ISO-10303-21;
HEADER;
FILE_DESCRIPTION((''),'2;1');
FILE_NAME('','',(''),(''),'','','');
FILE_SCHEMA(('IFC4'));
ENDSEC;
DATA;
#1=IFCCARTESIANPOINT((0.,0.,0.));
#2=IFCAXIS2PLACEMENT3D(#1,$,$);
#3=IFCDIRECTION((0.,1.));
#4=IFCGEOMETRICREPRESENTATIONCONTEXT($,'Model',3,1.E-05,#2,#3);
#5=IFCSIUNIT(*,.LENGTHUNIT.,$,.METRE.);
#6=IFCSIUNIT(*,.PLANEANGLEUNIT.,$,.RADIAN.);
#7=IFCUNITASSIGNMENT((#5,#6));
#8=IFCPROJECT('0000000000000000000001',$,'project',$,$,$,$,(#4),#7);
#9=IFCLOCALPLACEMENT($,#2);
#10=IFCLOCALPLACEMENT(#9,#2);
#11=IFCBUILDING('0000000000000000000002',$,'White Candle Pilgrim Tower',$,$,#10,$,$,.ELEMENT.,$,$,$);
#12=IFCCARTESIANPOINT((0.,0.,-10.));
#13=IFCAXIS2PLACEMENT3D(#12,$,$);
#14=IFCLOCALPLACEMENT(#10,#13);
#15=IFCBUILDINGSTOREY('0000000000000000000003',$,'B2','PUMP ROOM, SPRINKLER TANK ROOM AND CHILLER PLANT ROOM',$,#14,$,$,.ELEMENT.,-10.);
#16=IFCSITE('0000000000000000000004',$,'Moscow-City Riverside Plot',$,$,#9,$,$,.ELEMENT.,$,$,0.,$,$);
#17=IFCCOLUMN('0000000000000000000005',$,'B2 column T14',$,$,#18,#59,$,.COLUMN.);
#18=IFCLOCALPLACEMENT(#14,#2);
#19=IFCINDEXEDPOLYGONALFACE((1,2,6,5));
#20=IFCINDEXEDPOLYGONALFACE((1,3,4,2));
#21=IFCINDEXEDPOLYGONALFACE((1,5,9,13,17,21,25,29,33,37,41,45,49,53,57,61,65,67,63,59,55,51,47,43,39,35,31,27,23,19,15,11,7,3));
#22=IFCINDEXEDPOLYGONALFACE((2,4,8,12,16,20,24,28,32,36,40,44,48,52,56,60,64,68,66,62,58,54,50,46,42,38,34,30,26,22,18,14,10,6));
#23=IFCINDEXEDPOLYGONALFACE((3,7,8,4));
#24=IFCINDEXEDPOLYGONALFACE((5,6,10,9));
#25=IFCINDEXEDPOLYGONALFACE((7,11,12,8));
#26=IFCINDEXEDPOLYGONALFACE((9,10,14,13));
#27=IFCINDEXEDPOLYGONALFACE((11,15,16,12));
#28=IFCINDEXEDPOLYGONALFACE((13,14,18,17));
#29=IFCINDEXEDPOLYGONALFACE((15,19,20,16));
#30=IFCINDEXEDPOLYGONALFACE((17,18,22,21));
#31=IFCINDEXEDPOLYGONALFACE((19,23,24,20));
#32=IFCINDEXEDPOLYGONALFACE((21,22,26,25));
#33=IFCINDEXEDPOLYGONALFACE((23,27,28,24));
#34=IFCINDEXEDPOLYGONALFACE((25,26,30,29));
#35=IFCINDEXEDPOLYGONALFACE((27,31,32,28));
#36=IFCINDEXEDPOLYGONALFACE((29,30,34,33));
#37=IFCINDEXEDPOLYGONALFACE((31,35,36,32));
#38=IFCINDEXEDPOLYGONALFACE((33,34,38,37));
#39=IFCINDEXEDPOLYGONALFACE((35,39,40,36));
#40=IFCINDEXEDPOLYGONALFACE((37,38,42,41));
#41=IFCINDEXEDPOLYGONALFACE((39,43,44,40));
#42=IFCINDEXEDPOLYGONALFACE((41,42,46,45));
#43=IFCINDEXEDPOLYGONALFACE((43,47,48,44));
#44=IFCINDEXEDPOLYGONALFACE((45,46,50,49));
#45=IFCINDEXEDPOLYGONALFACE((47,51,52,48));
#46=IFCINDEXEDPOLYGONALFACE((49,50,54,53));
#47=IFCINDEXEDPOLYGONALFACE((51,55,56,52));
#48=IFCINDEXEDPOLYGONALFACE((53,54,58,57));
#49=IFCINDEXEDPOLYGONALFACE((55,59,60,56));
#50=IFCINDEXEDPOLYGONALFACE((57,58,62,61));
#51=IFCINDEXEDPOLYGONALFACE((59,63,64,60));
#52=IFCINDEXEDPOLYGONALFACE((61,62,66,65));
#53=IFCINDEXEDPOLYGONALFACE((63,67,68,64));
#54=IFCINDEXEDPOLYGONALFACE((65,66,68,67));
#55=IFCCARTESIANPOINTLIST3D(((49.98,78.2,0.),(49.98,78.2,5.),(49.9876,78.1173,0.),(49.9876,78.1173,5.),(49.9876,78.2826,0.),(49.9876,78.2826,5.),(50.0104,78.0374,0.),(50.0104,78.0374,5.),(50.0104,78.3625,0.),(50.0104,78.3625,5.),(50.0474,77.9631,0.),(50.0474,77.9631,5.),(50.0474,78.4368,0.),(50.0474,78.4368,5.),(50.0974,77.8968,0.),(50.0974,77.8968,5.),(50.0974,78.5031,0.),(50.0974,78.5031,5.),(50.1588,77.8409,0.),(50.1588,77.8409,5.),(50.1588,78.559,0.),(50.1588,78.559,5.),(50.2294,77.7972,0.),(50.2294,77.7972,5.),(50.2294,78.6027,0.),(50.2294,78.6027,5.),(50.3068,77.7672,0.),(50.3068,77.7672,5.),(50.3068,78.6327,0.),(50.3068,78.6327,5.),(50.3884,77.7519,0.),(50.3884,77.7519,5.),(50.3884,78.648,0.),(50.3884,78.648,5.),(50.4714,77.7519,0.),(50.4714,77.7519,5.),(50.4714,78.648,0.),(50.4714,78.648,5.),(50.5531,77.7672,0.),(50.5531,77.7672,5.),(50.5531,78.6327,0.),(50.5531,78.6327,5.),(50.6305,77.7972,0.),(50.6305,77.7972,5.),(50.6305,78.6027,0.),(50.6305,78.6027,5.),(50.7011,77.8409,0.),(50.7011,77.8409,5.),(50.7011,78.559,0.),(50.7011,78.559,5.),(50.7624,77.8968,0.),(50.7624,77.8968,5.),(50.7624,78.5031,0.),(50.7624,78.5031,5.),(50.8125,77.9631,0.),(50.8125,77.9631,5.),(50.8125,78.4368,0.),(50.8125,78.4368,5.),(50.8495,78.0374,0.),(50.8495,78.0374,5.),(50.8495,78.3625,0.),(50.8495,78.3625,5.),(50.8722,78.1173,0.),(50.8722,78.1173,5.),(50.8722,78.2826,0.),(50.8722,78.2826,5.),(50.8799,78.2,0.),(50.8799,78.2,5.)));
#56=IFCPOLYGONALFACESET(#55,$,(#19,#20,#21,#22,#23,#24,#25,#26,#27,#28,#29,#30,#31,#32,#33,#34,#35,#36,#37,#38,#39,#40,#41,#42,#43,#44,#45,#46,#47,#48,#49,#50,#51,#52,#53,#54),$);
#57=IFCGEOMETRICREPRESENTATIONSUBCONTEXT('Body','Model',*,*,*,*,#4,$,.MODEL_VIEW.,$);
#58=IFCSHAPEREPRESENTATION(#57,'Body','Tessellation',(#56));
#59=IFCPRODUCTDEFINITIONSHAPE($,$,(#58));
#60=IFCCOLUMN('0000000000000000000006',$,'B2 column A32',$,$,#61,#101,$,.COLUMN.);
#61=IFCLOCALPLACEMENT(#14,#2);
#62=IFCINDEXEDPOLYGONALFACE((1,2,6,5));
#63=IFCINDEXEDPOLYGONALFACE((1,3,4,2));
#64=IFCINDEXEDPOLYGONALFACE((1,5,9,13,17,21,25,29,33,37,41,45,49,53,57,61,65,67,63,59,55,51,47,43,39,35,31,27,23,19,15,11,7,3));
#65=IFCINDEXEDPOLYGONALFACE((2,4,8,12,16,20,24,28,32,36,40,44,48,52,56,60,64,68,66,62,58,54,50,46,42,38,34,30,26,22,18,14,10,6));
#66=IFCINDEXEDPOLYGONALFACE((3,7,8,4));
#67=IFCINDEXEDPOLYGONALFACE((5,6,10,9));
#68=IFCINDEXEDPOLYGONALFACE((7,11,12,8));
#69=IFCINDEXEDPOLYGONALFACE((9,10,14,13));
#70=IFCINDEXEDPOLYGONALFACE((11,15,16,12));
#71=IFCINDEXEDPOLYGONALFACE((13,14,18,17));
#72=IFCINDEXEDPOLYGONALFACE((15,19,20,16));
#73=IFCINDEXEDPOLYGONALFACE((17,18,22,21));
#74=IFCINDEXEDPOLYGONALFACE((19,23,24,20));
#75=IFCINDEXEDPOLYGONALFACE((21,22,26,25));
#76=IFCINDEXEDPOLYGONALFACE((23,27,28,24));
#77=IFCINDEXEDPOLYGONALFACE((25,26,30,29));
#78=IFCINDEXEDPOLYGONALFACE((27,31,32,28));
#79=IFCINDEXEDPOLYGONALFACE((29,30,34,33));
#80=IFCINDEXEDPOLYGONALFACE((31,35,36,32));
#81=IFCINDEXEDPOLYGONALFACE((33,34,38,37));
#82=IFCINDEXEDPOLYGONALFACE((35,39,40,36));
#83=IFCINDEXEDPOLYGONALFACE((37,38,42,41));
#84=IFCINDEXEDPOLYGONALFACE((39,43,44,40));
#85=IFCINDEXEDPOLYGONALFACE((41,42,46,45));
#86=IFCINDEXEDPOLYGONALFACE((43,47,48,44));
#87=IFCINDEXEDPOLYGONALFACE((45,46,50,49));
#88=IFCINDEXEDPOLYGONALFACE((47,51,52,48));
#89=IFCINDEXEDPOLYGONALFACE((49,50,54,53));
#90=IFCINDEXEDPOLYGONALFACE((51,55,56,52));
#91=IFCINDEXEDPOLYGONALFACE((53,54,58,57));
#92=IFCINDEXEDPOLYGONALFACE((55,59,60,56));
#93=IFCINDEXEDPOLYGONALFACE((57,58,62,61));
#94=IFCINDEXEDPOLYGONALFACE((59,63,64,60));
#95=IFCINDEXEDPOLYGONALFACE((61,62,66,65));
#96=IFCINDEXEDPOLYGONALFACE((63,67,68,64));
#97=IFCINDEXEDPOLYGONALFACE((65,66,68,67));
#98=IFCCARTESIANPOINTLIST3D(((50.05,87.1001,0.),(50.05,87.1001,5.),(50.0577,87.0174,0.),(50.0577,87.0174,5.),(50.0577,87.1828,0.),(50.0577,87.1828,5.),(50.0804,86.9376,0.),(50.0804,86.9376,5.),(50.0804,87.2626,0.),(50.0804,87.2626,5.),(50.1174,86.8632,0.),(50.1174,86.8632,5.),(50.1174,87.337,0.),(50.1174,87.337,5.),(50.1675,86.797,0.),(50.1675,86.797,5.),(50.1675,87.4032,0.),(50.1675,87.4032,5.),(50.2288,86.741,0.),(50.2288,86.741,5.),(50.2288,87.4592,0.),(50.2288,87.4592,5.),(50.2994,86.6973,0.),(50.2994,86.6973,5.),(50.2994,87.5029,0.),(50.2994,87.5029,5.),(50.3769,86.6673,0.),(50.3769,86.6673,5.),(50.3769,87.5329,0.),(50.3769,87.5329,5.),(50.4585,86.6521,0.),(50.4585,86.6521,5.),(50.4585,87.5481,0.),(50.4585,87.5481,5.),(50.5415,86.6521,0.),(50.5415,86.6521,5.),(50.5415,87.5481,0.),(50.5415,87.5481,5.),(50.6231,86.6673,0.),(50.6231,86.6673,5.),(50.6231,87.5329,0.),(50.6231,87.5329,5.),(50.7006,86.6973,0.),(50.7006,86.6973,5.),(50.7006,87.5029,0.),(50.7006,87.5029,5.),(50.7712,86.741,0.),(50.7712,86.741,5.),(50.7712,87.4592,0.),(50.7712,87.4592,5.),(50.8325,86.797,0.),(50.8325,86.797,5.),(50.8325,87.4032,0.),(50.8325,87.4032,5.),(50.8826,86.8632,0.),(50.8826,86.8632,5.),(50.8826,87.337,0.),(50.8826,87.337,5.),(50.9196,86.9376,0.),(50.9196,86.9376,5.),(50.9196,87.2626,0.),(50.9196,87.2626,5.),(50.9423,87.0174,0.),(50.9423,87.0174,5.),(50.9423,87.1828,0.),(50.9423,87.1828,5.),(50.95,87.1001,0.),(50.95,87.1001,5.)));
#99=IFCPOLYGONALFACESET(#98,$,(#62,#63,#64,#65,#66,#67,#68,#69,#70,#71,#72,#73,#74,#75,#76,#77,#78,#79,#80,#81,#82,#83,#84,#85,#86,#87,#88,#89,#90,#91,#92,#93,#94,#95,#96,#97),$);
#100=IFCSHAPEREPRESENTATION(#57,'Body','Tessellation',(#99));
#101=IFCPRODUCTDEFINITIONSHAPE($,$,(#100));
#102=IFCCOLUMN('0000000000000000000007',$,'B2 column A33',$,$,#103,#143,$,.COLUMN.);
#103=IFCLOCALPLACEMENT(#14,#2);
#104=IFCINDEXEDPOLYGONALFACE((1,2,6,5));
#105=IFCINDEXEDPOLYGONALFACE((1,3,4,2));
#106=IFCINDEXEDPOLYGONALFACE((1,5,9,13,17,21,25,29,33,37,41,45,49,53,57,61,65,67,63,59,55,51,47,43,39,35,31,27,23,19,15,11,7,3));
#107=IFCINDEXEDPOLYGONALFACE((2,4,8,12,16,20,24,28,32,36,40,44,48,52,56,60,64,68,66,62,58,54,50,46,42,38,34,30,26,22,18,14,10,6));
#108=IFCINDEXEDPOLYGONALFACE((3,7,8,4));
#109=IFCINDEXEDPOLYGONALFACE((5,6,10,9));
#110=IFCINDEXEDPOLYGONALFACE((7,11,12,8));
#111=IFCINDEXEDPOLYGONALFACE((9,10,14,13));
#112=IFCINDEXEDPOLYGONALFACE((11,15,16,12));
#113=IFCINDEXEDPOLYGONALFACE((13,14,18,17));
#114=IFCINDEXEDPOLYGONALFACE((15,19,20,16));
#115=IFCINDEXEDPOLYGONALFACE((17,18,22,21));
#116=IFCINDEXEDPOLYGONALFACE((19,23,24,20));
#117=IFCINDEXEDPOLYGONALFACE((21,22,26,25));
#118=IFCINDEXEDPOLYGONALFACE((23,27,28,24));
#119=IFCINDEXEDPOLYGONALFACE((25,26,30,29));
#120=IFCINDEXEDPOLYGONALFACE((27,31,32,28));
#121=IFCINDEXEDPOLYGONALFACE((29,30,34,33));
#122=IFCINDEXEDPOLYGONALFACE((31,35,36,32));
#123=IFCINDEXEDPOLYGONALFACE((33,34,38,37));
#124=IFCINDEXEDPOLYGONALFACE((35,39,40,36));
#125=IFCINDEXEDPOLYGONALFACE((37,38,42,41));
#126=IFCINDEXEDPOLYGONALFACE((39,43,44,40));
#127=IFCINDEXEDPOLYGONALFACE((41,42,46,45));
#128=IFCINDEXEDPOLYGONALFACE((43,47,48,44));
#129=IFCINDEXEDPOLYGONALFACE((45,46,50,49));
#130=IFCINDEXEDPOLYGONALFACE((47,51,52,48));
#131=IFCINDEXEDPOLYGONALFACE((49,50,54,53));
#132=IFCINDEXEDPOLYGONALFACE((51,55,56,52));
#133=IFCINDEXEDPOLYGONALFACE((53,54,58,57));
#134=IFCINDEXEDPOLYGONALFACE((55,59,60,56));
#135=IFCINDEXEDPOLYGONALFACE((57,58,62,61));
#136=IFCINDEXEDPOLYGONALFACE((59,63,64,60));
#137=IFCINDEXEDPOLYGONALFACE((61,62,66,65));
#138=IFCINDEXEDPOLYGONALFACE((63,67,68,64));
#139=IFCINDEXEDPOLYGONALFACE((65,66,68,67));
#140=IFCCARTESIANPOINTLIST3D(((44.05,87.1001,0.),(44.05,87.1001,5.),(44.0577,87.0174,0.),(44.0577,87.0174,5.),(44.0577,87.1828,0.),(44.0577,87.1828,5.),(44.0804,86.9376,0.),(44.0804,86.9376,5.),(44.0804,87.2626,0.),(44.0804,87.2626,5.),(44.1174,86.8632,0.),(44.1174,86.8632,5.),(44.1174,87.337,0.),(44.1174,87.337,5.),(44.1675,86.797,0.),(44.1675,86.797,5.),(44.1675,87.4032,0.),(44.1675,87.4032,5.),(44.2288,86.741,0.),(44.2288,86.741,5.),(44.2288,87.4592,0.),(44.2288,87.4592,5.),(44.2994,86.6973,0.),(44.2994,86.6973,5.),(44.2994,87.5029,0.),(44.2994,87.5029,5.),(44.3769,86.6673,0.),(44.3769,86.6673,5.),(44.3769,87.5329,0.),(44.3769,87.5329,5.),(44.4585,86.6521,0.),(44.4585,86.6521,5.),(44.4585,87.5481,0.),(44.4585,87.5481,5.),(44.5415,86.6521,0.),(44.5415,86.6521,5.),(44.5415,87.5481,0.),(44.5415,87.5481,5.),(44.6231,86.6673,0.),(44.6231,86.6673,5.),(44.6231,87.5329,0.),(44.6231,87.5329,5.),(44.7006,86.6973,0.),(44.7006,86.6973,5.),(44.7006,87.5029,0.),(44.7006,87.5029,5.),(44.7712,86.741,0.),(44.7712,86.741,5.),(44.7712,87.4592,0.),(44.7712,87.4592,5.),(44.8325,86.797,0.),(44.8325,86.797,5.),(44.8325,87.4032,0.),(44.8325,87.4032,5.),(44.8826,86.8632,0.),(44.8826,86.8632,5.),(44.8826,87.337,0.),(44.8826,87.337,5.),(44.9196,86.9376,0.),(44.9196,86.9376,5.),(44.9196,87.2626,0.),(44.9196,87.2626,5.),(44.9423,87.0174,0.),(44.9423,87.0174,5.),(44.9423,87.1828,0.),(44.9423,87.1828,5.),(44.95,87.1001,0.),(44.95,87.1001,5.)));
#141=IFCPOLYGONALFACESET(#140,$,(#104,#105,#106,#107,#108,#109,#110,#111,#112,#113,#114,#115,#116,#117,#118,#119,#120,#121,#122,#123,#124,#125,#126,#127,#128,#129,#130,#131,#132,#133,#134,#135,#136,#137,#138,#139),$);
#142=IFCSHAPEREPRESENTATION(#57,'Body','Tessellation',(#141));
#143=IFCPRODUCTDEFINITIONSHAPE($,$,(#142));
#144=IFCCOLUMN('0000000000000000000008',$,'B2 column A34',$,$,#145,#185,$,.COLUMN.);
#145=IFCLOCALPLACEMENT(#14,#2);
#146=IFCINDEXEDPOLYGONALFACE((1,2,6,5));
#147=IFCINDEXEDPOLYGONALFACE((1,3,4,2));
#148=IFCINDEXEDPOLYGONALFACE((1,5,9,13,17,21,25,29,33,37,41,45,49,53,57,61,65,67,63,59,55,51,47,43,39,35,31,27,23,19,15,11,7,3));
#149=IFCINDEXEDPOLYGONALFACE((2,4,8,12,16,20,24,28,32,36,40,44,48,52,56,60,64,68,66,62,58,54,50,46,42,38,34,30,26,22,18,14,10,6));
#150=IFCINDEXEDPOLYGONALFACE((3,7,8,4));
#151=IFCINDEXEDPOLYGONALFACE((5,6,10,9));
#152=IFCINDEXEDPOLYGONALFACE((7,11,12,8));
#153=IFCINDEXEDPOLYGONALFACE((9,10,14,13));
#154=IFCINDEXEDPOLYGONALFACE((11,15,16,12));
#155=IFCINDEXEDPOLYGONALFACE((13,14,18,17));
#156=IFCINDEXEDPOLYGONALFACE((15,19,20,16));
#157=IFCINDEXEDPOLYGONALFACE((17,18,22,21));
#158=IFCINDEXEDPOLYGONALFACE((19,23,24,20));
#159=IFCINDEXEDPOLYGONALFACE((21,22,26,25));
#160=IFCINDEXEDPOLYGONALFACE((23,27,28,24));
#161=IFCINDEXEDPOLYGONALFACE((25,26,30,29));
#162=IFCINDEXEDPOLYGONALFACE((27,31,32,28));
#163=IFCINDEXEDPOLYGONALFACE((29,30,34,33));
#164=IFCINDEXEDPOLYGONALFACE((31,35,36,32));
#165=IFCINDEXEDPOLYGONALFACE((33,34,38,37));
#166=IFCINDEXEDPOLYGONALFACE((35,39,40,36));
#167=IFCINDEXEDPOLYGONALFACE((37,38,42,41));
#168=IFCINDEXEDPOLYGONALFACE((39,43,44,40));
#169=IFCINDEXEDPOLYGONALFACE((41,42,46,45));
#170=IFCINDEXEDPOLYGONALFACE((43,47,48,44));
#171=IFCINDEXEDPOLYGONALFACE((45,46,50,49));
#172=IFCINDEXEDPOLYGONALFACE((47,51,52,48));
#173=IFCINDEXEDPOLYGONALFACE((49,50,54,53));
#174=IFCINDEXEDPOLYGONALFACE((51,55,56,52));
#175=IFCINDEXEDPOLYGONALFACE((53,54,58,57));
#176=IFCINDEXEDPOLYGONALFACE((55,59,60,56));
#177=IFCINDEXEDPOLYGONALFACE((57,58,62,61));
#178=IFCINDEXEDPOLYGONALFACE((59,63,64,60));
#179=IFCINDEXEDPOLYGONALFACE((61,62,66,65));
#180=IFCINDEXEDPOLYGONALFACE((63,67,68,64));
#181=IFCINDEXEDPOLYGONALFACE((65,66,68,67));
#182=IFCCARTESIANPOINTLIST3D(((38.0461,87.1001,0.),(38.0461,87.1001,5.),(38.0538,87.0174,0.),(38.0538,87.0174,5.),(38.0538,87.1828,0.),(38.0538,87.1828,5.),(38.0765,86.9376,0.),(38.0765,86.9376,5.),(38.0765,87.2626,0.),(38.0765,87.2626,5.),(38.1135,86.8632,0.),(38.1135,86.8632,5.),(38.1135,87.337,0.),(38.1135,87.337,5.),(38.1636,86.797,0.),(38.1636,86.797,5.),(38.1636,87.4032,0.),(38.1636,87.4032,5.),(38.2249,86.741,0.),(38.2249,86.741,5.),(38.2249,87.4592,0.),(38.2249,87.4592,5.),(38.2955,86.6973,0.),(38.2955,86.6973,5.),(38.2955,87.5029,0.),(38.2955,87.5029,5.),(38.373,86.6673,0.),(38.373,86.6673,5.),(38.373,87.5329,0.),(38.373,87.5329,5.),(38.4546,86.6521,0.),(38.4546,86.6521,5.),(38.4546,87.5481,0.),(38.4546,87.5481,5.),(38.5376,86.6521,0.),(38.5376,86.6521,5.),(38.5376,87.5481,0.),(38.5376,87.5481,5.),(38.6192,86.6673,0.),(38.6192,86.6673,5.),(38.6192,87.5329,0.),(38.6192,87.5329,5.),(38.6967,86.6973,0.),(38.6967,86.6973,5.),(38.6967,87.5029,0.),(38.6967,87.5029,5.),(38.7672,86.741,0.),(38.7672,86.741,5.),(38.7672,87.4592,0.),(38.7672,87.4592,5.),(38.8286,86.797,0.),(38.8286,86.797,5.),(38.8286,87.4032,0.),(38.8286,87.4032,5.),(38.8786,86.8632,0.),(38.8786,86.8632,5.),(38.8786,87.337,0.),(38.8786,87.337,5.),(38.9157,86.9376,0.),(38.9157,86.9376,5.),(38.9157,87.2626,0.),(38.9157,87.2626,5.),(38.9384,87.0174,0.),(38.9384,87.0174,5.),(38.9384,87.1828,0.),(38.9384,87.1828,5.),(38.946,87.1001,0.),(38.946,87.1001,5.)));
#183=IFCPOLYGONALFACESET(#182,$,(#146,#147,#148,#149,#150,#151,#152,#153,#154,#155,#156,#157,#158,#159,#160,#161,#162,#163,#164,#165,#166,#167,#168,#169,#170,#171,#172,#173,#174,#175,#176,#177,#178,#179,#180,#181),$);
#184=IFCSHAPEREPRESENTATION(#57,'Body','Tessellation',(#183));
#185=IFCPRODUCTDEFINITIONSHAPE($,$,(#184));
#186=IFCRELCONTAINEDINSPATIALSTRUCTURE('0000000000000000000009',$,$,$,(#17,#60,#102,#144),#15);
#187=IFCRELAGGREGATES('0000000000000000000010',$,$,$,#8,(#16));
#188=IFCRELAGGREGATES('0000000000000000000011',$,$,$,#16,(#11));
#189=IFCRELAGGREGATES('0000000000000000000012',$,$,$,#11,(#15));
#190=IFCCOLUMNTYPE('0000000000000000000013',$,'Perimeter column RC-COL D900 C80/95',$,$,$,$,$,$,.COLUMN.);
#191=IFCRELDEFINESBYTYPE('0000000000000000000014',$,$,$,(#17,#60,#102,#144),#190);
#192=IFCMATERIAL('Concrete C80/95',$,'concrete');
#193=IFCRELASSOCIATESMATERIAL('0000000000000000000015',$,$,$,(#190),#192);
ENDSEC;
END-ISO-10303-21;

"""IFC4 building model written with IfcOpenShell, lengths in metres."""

from ifc_helpers import new_model, si_unit, direction, frame, origin, origin_2d, place, context, subcontext, project, spatial, circle, extrude, material, material_profile, profile_set, type_object, element, save


model = new_model("IFC4")

# Units and contexts
model_context = context("Model", 3, precision=1e-05, world=origin(), true_north=direction((0.0, 1.0)))
body_context = subcontext(model_context, "Body", "Model", "MODEL_VIEW")
ifc_project = project(units=[si_unit("LENGTHUNIT", "METRE"), si_unit("PLANEANGLEUNIT", "RADIAN")], contexts=[model_context])

# Site, building, storey
site_placement = place(None, origin())
site = spatial("IfcSite", under=ifc_project, at=site_placement, Name="Moscow-City Riverside Plot", CompositionType="ELEMENT", RefElevation=0.0)
building_placement = place(site_placement, origin())
building = spatial("IfcBuilding", under=site, at=building_placement, Name="White Candle Pilgrim Tower", CompositionType="ELEMENT")
storey_placement = place(building_placement, frame((0.0, 0.0, -10.0)))
storey = spatial("IfcBuildingStorey", under=building, at=storey_placement, Name="B2", Description="PUMP ROOM, SPRINKLER TANK ROOM AND CHILLER PLANT ROOM", CompositionType="ELEMENT", Elevation=-10.0)

# Columns
ifc_material_1 = material(Name="Concrete C80/95", Category="concrete")
ifc_material_profile_1 = material_profile(ifc_material_1, circle(Radius=0.45, at=origin_2d()), Name="RC-COL D900")
ifc_profile_set_1 = profile_set([ifc_material_profile_1], Name="Concrete C80/95")
column_type = type_object("IfcColumnType", Name="Perimeter column RC-COL D900 C80/95", PredefinedType="COLUMN", material=ifc_profile_set_1)
for number, where, z_axis, x_axis, name in (
    (1, (50.4299, 78.2, 0.0), (0.0, 0.0, 1.0), (1.0, 0.0, 0.0), "B2 column T14"),
    (2, (50.5, 87.1001, 0.0), (0.0, 0.0, 1.0), (1.0, 0.0, 0.0), "B2 column A32"),
    (3, (44.5, 87.1001, 0.0), (0.0, 0.0, 1.0), (1.0, 0.0, 0.0), "B2 column A33"),
    (4, (38.4961, 87.1001, 0.0), (0.0, 0.0, 1.0), (1.0, 0.0, 0.0), "B2 column A34"),
):
    element("IfcColumn", number, at=place(storey_placement, frame(where, z_axis=z_axis, x_axis=x_axis)), inside=storey, type_object=column_type, Name=name, PredefinedType="COLUMN", context=body_context, shape_type="SweptSolid", body=[
        extrude(circle(Radius=0.45, at=origin_2d()), origin(), (0.0, 0.0, 1.0), 5.0),
    ])

save(model, "model.ifc")
